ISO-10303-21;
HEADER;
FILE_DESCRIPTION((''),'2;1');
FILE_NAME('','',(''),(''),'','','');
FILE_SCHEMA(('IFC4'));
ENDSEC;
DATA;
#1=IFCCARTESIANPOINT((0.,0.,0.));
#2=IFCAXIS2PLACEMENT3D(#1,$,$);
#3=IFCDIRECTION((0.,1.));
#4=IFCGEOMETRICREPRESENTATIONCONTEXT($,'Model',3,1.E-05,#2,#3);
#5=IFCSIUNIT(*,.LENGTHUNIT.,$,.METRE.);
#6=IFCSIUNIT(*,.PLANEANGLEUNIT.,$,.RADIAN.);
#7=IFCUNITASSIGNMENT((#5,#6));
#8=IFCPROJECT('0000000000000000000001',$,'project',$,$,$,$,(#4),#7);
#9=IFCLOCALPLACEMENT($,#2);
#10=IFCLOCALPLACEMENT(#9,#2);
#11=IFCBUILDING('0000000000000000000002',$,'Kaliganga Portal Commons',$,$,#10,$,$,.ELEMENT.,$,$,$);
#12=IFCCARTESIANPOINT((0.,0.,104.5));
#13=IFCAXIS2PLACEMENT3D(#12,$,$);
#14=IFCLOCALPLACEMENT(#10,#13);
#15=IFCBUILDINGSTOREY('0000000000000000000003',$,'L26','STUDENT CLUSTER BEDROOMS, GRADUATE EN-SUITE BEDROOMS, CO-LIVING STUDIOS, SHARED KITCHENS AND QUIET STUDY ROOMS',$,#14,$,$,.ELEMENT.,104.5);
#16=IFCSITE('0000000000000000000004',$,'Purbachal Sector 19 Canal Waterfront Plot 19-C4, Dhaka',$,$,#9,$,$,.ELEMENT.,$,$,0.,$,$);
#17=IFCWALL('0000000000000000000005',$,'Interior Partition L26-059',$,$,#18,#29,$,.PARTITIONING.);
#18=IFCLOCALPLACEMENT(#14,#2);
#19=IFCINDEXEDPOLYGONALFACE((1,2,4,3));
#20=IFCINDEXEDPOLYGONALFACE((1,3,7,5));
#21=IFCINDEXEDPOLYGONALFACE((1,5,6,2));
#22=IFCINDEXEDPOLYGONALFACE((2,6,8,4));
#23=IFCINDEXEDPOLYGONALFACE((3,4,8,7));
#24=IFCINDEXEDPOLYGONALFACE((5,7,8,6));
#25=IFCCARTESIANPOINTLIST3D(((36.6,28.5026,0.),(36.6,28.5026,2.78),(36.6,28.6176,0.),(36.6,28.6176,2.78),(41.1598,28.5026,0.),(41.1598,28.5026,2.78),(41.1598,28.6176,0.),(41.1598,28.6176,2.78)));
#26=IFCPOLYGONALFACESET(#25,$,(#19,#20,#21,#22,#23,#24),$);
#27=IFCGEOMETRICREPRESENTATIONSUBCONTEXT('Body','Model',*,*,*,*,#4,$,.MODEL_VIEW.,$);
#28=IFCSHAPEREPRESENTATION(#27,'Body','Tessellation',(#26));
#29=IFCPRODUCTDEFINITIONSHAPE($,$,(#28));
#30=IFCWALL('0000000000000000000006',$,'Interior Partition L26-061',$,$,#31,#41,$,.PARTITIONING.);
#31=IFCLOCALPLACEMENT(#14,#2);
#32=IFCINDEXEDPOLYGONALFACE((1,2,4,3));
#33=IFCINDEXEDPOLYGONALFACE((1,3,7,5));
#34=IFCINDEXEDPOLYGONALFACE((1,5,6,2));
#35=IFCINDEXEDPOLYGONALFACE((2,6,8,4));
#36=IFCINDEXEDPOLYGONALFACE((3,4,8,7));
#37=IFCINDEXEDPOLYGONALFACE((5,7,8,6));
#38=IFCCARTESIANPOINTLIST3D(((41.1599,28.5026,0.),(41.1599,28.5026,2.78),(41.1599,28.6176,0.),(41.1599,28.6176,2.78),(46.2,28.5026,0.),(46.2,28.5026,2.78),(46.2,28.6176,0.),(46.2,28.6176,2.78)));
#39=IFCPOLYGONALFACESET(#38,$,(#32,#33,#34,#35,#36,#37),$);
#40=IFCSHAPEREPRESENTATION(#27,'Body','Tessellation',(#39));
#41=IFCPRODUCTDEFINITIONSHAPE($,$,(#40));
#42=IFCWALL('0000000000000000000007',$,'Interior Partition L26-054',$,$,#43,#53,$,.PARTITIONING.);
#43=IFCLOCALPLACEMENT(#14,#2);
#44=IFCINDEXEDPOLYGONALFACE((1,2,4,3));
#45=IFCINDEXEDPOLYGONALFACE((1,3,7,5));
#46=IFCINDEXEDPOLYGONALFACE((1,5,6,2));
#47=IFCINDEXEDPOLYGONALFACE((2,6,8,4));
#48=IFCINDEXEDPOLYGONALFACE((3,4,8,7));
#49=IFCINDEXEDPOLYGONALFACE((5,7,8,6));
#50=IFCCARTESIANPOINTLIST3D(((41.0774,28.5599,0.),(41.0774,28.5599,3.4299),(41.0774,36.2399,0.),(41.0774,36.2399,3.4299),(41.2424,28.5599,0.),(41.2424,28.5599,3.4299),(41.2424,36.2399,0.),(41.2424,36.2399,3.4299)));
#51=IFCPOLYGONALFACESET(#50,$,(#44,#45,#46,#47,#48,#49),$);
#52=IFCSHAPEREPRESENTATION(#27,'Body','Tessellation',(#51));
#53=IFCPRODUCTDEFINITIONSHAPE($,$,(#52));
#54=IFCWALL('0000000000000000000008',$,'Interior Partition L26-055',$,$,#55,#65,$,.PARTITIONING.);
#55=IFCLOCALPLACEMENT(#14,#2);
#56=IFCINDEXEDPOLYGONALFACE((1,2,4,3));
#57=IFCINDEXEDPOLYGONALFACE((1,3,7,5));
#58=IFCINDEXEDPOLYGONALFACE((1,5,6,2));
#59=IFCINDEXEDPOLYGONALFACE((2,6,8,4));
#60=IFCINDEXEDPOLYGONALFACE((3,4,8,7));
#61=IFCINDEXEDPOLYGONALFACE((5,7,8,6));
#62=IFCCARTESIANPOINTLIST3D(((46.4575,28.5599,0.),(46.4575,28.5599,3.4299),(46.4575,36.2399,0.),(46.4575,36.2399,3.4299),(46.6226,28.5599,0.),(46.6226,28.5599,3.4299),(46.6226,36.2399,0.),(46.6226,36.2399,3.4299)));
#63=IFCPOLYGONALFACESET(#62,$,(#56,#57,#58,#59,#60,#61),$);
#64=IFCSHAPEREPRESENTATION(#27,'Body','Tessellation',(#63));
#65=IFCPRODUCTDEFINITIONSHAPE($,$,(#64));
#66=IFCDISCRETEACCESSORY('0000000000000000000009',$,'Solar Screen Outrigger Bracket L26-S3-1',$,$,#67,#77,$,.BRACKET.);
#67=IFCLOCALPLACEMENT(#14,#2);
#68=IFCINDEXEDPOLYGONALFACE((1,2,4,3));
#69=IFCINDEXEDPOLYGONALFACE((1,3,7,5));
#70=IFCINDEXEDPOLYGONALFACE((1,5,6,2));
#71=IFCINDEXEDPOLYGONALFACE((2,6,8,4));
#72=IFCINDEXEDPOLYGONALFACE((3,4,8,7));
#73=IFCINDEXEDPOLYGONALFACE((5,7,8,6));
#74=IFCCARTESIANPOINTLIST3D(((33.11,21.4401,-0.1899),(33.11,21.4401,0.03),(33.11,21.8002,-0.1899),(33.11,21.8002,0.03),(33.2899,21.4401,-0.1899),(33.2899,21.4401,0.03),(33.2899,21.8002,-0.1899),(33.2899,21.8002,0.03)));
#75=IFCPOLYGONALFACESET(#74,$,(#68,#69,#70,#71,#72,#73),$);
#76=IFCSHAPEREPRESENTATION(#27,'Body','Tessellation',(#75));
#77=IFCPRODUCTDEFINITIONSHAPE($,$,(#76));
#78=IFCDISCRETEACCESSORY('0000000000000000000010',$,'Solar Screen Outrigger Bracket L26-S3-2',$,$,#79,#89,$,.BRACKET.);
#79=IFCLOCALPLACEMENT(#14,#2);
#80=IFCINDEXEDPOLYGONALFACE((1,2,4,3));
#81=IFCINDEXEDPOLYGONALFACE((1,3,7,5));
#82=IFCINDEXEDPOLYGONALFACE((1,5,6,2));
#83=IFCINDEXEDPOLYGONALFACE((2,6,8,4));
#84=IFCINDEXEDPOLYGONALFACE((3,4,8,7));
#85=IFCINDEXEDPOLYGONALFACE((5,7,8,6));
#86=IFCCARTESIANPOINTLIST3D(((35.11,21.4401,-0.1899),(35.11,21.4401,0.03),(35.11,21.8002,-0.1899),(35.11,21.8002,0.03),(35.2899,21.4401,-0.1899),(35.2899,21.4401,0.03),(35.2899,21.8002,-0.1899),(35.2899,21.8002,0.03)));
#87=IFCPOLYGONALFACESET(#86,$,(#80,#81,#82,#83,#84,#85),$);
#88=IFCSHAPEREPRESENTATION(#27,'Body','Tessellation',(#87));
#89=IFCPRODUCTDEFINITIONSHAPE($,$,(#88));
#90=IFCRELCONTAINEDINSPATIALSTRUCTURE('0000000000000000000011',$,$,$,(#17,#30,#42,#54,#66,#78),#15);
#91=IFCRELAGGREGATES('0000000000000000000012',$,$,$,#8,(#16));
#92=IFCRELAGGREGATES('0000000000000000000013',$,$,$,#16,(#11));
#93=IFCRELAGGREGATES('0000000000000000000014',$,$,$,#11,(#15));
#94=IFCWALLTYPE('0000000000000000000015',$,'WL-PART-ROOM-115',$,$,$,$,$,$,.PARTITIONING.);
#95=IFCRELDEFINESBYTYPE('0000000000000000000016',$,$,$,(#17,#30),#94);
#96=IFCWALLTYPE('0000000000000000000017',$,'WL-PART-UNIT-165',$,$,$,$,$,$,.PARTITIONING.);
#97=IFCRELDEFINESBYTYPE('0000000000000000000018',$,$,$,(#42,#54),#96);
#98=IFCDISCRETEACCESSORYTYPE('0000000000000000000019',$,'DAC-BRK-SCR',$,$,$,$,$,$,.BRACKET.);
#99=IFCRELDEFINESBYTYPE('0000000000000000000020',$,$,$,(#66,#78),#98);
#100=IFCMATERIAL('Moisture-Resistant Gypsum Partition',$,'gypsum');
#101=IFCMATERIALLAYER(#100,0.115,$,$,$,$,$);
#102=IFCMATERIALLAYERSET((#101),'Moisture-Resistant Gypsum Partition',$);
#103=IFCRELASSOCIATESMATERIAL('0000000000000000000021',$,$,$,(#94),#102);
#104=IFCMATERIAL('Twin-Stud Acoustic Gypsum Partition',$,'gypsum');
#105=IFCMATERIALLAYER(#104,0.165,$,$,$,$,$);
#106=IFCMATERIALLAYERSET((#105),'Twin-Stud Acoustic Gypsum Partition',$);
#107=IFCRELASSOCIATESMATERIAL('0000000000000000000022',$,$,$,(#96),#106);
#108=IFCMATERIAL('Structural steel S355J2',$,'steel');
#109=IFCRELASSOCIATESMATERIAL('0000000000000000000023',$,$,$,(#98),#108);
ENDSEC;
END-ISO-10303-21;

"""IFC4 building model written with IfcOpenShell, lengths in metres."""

from ifc_helpers import new_model, si_unit, direction, frame, frame_2d, origin, origin_2d, place, context, subcontext, project, spatial, rectangle, extrude, source, transform, mapped, material, layer, layer_set, type_object, element, save


model = new_model("IFC4")

# Units and contexts
model_context = context("Model", 3, precision=1e-05, world=origin(), true_north=direction((0.0, 1.0)))
body_context = subcontext(model_context, "Body", "Model", "MODEL_VIEW")
ifc_project = project(units=[si_unit("LENGTHUNIT", "METRE"), si_unit("PLANEANGLEUNIT", "RADIAN")], contexts=[model_context])

# Site, building, storey
site_placement = place(None, origin())
site = spatial("IfcSite", under=ifc_project, at=site_placement, Name="Purbachal Sector 19 Canal Waterfront Plot 19-C4, Dhaka", CompositionType="ELEMENT", RefElevation=0.0)
building_placement = place(site_placement, origin())
building = spatial("IfcBuilding", under=site, at=building_placement, Name="Kaliganga Portal Commons", CompositionType="ELEMENT")
storey_placement = place(building_placement, frame((0.0, 0.0, 104.5)))
storey = spatial("IfcBuildingStorey", under=building, at=storey_placement, Name="L26", Description="STUDENT CLUSTER BEDROOMS, GRADUATE EN-SUITE BEDROOMS, CO-LIVING STUDIOS, SHARED KITCHENS AND QUIET STUDY ROOMS", CompositionType="ELEMENT", Elevation=104.5)

# Shared definitions
ifc_material_1 = material(Name="Structural steel S355J2", Category="steel")

# Walls
ifc_material_2 = material(Name="Moisture-Resistant Gypsum Partition", Category="gypsum")
ifc_layer_1 = layer(ifc_material_2, 0.115)
ifc_layer_set_1 = layer_set([ifc_layer_1], Name="Moisture-Resistant Gypsum Partition")
wall_type_1 = type_object("IfcWallType", Name="WL-PART-ROOM-115", PredefinedType="PARTITIONING", material=ifc_layer_set_1)
wall_1_placement = place(storey_placement, frame((36.6001, 28.5601, 0.0), z_axis=(0.0, 0.0, 1.0), x_axis=(1.0, 0.0, 0.0)))
element("IfcWall", 1, at=wall_1_placement, inside=storey, type_object=wall_type_1, Name="Interior Partition L26-059", PredefinedType="PARTITIONING", context=body_context, shape_type="SweptSolid", body=[
    extrude(rectangle(XDim=4.5598, YDim=0.115, at=frame_2d((2.2798, 0.0))), origin(), (0.0, 0.0, 1.0), 2.78),
])
wall_2_placement = place(storey_placement, frame((41.1599, 28.5601, 0.0), z_axis=(0.0, 0.0, 1.0), x_axis=(1.0, 0.0, 0.0)))
element("IfcWall", 2, at=wall_2_placement, inside=storey, type_object=wall_type_1, Name="Interior Partition L26-061", PredefinedType="PARTITIONING", context=body_context, shape_type="SweptSolid", body=[
    extrude(rectangle(XDim=5.04, YDim=0.115, at=frame_2d((2.52, 0.0))), origin(), (0.0, 0.0, 1.0), 2.78),
])
ifc_material_3 = material(Name="Twin-Stud Acoustic Gypsum Partition", Category="gypsum")
ifc_layer_2 = layer(ifc_material_3, 0.165)
ifc_layer_set_2 = layer_set([ifc_layer_2], Name="Twin-Stud Acoustic Gypsum Partition")
wall_type_2 = type_object("IfcWallType", Name="WL-PART-UNIT-165", PredefinedType="PARTITIONING", material=ifc_layer_set_2)
for number, where, z_axis, x_axis, name in (
    (3, (41.1599, 28.5601, 0.0), (0.0, 0.0, 1.0), (0.0, 1.0, 0.0), "Interior Partition L26-054"),
    (4, (46.54, 28.5601, 0.0), (0.0, 0.0, 1.0), (0.0, 1.0, 0.0), "Interior Partition L26-055"),
):
    element("IfcWall", number, at=place(storey_placement, frame(where, z_axis=z_axis, x_axis=x_axis)), inside=storey, type_object=wall_type_2, Name=name, PredefinedType="PARTITIONING", context=body_context, shape_type="SweptSolid", body=[
        extrude(rectangle(XDim=7.6799, YDim=0.165, at=frame_2d((3.8398, 0.0))), origin(), (0.0, 0.0, 1.0), 3.4299),
    ])

# Discrete accessories
discrete_accessory_type = type_object("IfcDiscreteAccessoryType", Name="DAC-BRK-SCR", PredefinedType="BRACKET", material=ifc_material_1)
shared_shape_1 = source(origin(), body_context, "Body", "SweptSolid", [
    extrude(rectangle(XDim=0.1799, YDim=0.3601, at=origin_2d()), origin(), (0.0, 0.0, 1.0), 0.22),
])
for number, where, z_axis, x_axis, name in (
    (5, (33.2, 21.6201, -0.1899), (0.0, 0.0, 1.0), (1.0, 0.0, 0.0), "Solar Screen Outrigger Bracket L26-S3-1"),
    (6, (35.2, 21.6201, -0.1899), (0.0, 0.0, 1.0), (1.0, 0.0, 0.0), "Solar Screen Outrigger Bracket L26-S3-2"),
):
    element("IfcDiscreteAccessory", number, at=place(storey_placement, frame(where, z_axis=z_axis, x_axis=x_axis)), inside=storey, type_object=discrete_accessory_type, Name=name, PredefinedType="BRACKET", context=body_context, shape_type="MappedRepresentation", body=[
        mapped(shared_shape_1, transform((0.0, 0.0, 0.0), x_axis=(1.0, 0.0, 0.0), y_axis=(0.0, 1.0, 0.0), z_axis=(0.0, 0.0, 1.0), scale=1.0)),
    ])

save(model, "model.ifc")
